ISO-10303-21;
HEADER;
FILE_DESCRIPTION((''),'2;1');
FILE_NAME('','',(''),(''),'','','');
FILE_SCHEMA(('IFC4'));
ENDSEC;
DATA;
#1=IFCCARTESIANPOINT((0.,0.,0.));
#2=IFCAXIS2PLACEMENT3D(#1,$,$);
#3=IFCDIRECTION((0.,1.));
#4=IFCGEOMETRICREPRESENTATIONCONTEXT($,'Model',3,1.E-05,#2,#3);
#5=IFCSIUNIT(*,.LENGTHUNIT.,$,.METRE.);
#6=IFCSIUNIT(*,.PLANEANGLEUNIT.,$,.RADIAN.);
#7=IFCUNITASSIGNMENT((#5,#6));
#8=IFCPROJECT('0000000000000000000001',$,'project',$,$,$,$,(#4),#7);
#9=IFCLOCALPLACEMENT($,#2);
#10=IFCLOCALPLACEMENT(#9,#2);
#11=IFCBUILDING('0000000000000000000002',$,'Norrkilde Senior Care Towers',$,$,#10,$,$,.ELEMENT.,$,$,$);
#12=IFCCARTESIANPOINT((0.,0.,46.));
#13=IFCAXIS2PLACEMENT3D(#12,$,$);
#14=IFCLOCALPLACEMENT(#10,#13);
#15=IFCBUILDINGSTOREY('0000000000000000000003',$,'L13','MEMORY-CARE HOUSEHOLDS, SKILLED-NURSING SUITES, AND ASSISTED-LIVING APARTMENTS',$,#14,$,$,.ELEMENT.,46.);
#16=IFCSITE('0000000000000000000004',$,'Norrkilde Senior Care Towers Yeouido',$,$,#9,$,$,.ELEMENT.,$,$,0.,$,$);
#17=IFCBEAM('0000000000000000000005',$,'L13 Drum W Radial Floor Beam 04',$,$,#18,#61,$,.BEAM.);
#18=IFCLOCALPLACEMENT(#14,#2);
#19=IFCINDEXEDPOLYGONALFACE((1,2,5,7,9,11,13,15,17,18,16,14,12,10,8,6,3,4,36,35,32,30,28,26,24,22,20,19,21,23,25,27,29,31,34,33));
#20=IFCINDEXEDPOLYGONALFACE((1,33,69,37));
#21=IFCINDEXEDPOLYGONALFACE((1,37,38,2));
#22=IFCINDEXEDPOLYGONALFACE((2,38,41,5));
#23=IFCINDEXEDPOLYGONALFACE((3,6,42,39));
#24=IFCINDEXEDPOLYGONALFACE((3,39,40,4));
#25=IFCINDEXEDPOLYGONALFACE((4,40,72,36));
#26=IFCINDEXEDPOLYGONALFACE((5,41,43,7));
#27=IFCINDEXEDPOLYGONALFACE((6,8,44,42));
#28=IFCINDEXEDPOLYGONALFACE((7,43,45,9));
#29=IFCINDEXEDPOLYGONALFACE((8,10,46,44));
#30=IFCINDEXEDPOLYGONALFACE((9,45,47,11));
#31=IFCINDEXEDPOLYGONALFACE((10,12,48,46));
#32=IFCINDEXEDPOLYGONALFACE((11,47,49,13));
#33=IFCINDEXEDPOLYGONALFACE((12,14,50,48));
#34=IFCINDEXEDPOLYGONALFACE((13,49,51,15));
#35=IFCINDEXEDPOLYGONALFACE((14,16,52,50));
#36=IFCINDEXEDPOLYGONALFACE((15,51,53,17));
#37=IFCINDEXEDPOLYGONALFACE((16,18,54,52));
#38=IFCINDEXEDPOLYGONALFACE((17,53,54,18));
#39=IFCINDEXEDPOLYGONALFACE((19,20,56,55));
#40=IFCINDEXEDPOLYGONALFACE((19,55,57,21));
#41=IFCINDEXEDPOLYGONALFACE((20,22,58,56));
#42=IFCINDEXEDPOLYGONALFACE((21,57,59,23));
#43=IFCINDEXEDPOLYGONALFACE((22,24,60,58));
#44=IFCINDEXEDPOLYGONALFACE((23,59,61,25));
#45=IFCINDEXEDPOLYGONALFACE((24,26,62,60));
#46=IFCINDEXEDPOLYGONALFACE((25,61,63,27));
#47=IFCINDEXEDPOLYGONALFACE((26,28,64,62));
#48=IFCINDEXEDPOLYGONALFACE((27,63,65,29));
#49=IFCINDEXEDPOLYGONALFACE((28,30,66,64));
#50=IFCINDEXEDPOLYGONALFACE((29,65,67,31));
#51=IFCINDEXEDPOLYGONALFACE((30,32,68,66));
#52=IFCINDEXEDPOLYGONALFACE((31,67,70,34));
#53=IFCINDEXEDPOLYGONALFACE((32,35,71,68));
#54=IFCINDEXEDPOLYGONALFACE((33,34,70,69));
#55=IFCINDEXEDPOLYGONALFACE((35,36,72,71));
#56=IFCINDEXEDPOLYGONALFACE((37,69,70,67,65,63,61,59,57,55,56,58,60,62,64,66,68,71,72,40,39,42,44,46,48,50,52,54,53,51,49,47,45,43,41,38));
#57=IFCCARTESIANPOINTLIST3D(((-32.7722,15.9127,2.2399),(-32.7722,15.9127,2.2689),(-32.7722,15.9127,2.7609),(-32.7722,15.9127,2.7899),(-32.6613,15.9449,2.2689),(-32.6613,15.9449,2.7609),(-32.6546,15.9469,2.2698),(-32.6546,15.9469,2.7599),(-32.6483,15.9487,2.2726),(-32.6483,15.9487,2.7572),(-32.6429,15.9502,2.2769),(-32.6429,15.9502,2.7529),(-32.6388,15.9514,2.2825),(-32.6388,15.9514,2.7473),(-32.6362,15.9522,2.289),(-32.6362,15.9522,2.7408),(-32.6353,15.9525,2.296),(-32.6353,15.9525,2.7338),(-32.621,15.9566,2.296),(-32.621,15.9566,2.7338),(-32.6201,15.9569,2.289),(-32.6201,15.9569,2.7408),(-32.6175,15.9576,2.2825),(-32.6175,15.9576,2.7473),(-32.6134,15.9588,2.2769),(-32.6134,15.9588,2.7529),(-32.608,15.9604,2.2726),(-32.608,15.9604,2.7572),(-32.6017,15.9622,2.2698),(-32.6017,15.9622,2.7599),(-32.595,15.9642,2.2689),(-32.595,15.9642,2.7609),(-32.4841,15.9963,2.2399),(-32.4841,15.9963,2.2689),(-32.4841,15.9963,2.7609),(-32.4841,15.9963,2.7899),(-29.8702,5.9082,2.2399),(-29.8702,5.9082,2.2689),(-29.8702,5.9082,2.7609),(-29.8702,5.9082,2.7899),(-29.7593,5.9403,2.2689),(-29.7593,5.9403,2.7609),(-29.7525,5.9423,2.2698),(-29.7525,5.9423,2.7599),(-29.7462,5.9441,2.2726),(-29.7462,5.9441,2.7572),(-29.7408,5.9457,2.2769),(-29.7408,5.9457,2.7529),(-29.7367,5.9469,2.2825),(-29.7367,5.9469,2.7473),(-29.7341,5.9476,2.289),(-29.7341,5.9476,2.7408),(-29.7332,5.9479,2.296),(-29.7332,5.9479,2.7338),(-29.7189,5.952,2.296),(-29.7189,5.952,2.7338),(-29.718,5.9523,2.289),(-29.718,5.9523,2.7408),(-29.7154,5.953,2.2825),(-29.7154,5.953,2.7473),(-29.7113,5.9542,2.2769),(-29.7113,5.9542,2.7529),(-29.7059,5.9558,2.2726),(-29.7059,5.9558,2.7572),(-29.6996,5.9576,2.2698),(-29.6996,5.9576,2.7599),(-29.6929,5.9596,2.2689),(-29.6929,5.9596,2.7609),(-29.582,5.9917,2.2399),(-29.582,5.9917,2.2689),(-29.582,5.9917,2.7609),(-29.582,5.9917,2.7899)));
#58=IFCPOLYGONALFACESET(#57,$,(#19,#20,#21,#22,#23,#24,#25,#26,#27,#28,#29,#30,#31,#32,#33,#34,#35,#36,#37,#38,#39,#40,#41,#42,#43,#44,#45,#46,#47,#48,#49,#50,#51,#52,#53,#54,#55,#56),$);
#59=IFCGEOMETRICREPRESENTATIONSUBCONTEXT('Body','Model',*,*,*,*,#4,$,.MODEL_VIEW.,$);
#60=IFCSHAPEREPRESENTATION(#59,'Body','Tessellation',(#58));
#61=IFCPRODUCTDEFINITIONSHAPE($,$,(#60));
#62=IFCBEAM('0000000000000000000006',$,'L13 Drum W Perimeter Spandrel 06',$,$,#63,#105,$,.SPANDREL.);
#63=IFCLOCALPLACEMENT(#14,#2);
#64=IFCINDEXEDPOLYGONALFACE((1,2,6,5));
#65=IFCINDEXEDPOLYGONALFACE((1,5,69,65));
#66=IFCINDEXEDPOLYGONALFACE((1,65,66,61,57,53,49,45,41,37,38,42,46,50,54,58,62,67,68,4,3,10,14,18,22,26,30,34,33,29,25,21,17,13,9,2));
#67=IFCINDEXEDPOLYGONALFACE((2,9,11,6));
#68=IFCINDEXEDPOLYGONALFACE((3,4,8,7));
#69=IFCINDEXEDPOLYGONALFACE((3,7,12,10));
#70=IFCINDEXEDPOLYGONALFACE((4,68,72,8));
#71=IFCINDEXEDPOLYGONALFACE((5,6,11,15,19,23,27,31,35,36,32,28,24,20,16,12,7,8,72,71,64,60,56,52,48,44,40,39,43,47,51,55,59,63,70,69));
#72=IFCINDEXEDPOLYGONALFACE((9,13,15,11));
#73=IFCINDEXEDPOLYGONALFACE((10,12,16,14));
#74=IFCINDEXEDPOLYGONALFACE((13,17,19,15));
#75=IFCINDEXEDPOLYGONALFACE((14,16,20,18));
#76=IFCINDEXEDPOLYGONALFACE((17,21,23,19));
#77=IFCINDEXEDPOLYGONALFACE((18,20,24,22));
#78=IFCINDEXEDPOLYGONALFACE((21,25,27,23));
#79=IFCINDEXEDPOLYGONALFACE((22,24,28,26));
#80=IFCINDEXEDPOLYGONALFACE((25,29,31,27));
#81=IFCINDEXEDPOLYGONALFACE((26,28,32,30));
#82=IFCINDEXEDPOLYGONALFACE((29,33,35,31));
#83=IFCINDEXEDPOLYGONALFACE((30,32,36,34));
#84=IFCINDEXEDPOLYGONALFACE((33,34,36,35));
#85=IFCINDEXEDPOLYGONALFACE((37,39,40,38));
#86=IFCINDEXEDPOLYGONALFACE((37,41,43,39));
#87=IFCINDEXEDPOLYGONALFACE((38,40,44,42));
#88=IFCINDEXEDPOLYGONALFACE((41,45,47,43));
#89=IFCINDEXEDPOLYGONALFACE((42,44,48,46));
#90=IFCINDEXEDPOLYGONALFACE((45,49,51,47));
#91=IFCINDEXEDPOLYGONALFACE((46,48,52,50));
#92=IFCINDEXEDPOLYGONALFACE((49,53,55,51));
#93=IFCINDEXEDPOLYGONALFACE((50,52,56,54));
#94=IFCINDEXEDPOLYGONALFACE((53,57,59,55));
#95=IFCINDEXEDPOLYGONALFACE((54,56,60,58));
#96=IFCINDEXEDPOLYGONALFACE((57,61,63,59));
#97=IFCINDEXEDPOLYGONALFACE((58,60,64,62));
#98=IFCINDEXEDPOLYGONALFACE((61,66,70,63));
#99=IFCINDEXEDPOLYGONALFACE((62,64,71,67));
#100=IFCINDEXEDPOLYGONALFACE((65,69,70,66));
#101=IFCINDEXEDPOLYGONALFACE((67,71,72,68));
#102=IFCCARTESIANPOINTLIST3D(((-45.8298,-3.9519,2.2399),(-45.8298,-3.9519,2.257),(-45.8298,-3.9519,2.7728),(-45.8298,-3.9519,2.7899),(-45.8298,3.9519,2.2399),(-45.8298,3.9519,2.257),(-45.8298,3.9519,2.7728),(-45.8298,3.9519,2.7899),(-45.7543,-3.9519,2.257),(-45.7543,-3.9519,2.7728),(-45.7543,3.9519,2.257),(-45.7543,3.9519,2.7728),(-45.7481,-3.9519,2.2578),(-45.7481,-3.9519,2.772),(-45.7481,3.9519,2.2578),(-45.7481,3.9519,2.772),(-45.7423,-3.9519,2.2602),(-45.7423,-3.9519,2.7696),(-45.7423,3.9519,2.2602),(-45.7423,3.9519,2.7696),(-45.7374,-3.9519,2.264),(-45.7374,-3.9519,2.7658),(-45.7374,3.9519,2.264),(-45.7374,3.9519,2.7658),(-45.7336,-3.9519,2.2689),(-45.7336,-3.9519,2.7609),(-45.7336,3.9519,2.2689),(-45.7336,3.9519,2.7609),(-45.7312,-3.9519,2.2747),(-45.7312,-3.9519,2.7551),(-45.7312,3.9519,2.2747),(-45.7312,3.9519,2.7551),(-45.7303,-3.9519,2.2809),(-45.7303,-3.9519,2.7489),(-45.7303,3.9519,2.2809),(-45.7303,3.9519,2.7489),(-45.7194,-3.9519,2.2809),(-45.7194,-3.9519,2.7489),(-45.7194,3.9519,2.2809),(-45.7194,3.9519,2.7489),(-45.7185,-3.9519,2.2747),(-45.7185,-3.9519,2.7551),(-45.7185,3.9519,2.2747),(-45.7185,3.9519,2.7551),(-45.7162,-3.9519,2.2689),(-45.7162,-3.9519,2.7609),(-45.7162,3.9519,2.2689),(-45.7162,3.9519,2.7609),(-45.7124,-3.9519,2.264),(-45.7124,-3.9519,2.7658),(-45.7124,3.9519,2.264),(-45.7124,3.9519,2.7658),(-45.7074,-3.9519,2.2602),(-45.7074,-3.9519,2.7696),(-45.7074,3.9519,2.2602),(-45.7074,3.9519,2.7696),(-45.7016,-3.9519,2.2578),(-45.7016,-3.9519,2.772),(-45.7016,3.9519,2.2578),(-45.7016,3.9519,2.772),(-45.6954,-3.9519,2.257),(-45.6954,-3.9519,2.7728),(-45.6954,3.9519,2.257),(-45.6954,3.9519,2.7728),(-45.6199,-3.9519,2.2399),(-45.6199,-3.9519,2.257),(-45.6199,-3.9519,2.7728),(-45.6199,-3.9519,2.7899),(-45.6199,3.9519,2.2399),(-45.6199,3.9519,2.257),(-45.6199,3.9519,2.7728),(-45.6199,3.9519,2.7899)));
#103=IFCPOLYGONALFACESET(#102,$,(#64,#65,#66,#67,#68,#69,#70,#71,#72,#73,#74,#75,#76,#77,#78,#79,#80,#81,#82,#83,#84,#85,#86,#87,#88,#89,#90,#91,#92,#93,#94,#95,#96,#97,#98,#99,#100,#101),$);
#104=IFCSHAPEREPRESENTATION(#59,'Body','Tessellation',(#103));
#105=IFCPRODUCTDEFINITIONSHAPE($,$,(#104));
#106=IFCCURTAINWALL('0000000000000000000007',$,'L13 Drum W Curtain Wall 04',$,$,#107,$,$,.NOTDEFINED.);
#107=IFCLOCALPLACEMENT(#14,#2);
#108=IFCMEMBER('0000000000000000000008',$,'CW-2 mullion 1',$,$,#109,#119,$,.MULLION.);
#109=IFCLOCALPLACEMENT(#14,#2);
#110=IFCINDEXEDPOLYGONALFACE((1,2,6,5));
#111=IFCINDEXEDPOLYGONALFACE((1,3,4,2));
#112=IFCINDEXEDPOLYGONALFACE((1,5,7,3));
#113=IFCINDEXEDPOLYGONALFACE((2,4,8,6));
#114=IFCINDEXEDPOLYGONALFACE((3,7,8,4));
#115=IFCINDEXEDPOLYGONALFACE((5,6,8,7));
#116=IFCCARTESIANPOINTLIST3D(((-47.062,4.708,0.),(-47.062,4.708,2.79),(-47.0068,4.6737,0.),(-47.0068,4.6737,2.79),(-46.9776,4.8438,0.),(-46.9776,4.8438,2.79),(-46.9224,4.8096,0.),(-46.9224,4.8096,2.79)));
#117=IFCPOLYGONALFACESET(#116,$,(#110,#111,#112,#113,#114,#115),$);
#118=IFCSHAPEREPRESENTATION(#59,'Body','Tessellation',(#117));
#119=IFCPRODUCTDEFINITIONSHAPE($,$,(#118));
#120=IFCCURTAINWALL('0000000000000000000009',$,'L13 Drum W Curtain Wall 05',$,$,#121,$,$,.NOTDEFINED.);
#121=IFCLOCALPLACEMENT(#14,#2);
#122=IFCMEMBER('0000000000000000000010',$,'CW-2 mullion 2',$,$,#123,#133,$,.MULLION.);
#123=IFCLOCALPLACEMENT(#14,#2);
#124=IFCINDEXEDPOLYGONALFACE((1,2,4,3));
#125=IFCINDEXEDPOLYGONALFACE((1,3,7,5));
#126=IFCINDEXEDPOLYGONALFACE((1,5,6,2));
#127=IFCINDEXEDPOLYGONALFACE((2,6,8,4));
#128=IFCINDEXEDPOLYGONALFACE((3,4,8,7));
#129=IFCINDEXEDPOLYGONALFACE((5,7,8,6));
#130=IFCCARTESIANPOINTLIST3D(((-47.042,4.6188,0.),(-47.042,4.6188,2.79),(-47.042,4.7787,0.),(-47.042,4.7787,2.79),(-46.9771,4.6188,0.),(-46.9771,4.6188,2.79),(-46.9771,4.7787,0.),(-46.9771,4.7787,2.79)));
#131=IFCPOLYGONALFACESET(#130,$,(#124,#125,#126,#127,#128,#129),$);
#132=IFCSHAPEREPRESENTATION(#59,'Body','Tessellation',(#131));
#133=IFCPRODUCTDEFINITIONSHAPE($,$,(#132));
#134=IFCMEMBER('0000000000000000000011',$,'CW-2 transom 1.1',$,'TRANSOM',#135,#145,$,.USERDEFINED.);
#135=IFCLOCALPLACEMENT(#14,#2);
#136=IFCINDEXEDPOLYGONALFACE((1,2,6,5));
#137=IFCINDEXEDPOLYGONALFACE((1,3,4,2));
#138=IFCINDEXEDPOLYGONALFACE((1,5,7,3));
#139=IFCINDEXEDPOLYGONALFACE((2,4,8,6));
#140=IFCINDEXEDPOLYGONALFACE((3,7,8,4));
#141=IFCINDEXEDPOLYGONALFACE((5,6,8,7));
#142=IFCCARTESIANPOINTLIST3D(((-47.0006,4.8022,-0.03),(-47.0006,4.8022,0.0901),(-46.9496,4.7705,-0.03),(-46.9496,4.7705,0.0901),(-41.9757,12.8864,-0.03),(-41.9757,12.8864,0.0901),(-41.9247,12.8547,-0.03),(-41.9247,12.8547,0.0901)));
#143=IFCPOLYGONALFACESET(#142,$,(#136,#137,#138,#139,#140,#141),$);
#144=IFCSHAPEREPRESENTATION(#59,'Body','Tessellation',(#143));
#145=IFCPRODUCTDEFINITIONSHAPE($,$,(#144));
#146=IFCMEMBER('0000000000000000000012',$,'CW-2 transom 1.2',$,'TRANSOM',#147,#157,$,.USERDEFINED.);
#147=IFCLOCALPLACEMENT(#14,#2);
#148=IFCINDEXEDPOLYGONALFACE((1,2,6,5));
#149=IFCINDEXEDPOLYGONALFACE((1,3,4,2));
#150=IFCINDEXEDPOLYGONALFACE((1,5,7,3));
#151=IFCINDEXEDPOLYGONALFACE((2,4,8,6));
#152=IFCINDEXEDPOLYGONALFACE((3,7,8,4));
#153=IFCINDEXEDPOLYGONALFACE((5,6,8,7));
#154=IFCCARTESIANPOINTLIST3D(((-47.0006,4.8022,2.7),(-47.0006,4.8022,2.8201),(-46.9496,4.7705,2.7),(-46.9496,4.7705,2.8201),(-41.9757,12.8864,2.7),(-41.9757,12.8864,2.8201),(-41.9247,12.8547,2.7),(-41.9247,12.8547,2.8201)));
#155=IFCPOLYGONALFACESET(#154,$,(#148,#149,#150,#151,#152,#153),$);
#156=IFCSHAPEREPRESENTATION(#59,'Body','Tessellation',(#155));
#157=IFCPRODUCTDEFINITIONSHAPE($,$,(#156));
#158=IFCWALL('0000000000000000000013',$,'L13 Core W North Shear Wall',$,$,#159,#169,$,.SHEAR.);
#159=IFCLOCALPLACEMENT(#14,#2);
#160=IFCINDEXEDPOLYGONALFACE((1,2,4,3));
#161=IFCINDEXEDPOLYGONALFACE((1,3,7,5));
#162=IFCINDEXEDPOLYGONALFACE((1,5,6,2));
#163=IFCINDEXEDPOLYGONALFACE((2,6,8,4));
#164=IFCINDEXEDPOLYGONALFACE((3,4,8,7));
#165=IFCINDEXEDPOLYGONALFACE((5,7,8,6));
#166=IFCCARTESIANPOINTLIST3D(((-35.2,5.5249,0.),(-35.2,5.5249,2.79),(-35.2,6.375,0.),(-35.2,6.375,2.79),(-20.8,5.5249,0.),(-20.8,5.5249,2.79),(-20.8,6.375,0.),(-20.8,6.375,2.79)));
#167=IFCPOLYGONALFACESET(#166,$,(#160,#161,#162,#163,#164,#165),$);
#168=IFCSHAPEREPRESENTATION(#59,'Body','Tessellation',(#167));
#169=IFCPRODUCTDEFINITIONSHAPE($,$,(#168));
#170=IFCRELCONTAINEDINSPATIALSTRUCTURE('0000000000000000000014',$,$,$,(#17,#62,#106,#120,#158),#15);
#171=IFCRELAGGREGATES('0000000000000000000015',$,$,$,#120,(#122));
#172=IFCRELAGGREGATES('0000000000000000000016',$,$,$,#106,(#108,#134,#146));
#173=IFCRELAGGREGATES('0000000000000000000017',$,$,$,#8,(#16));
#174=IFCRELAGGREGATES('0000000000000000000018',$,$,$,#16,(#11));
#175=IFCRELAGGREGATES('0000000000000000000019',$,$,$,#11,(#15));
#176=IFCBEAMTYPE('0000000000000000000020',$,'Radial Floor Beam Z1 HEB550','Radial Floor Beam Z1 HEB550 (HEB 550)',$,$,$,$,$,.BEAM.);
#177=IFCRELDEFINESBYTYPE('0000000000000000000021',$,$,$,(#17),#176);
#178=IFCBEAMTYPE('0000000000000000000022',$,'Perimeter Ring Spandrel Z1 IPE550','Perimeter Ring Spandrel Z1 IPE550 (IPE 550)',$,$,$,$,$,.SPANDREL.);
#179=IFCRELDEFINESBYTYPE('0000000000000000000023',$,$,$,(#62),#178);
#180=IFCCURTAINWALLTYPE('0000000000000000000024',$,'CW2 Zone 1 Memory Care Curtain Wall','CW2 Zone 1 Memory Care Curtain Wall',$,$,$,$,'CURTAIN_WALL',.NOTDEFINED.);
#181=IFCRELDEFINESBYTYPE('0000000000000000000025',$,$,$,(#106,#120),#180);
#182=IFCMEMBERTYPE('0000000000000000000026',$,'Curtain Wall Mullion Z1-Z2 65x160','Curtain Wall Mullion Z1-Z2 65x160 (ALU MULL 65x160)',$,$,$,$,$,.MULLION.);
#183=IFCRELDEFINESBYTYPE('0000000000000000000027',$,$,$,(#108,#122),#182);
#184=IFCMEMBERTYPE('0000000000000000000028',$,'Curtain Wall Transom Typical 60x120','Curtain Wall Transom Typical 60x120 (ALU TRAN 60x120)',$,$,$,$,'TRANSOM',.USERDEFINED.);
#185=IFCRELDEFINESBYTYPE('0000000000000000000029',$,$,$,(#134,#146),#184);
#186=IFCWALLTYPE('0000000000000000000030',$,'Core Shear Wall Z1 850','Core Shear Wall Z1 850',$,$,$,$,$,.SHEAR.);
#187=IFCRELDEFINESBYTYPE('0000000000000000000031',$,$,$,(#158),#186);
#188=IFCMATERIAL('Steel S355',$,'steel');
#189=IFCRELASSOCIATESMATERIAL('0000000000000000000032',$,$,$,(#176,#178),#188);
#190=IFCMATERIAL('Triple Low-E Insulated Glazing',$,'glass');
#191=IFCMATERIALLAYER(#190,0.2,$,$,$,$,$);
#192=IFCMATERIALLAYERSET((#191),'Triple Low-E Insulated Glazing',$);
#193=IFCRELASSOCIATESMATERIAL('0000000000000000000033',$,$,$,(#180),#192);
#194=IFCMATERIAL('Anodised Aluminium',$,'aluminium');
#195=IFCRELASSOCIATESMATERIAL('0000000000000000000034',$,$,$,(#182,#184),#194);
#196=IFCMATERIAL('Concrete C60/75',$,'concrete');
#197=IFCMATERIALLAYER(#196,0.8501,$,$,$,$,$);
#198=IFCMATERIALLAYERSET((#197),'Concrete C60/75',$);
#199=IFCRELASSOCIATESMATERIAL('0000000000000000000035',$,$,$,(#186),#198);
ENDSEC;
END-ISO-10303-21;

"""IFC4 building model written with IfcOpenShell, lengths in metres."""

from ifc_helpers import new_model, si_unit, direction, frame, frame_2d, origin, origin_2d, place, context, subcontext, project, spatial, rectangle, i_section, extrude, source, transform, mapped, material, layer, layer_set, material_profile, profile_set, type_object, type_shapes, element, aggregate, save


model = new_model("IFC4")

# Units and contexts
model_context = context("Model", 3, precision=1e-05, world=origin(), true_north=direction((0.0, 1.0)))
body_context = subcontext(model_context, "Body", "Model", "MODEL_VIEW")
ifc_project = project(units=[si_unit("LENGTHUNIT", "METRE"), si_unit("PLANEANGLEUNIT", "RADIAN")], contexts=[model_context])

# Site, building, storey
site_placement = place(None, origin())
site = spatial("IfcSite", under=ifc_project, at=site_placement, Name="Norrkilde Senior Care Towers Yeouido", CompositionType="ELEMENT", RefElevation=0.0)
building_placement = place(site_placement, origin())
building = spatial("IfcBuilding", under=site, at=building_placement, Name="Norrkilde Senior Care Towers", CompositionType="ELEMENT")
storey_placement = place(building_placement, frame((0.0, 0.0, 46.0)))
storey = spatial("IfcBuildingStorey", under=building, at=storey_placement, Name="L13", Description="MEMORY-CARE HOUSEHOLDS, SKILLED-NURSING SUITES, AND ASSISTED-LIVING APARTMENTS", CompositionType="ELEMENT", Elevation=46.0)

# Shared definitions
ifc_material_1 = material(Name="Concrete C60/75", Category="concrete")

# Beams
ifc_material_2 = material(Name="Steel S355", Category="steel")
ifc_material_profile_1 = material_profile(ifc_material_2, i_section(OverallWidth=0.3, OverallDepth=0.55, WebThickness=0.0149, FlangeThickness=0.0291, FilletRadius=0.0271, at=origin_2d()), Name="HEB 550")
ifc_profile_set_1 = profile_set([ifc_material_profile_1], Name="Steel S355")
beam_type_1 = type_object("IfcBeamType", Name="Radial Floor Beam Z1 HEB550", Description="Radial Floor Beam Z1 HEB550 (HEB 550)", PredefinedType="BEAM", material=ifc_profile_set_1)
shared_shape_1 = source(origin(), body_context, "Body", "SweptSolid", [
    extrude(i_section(OverallWidth=0.3, OverallDepth=0.55, WebThickness=0.0149, FlangeThickness=0.0291, FilletRadius=0.0271, at=origin_2d()), origin(), (0.0, 0.0, 1.0), 10.417),
])
beam_1_placement = place(storey_placement, frame((-29.7261, 5.95, 2.5149), z_axis=(-0.278591, 0.96041, 0.0), x_axis=(-0.96041, -0.278591, 0.0)))
element("IfcBeam", 1, at=beam_1_placement, inside=storey, type_object=beam_type_1, Name="L13 Drum W Radial Floor Beam 04", PredefinedType="BEAM", context=body_context, shape_type="MappedRepresentation", body=[
    mapped(shared_shape_1, transform((0.0, 0.0, 0.0), x_axis=(1.0, 0.0, 0.0), y_axis=(0.0, 1.0, 0.0), z_axis=(0.0, 0.0, 1.0), scale=1.0)),
])
ifc_material_profile_2 = material_profile(ifc_material_2, i_section(OverallWidth=0.21, OverallDepth=0.55, WebThickness=0.011, FlangeThickness=0.0171, FilletRadius=0.0239, at=origin_2d()), Name="IPE 550")
ifc_profile_set_2 = profile_set([ifc_material_profile_2], Name="Steel S355")
beam_type_2 = type_object("IfcBeamType", Name="Perimeter Ring Spandrel Z1 IPE550", Description="Perimeter Ring Spandrel Z1 IPE550 (IPE 550)", PredefinedType="SPANDREL", material=ifc_profile_set_2)
shared_shape_2 = source(origin(), body_context, "Body", "SweptSolid", [
    extrude(i_section(OverallWidth=0.21, OverallDepth=0.55, WebThickness=0.011, FlangeThickness=0.0171, FilletRadius=0.0239, at=origin_2d()), origin(), (0.0, 0.0, 1.0), 7.9038),
])
type_shapes(beam_type_2, [shared_shape_2])
beam_2_placement = place(storey_placement, frame((-45.7249, 3.9519, 2.5149), z_axis=(0.0, -1.0, 0.0), x_axis=(1.0, 0.0, 0.0)))
element("IfcBeam", 2, at=beam_2_placement, inside=storey, type_object=beam_type_2, Name="L13 Drum W Perimeter Spandrel 06", PredefinedType="SPANDREL", context=body_context, shape_type="MappedRepresentation", body=[
    mapped(shared_shape_2, transform((0.0, 0.0, 0.0), x_axis=(1.0, 0.0, 0.0), y_axis=(0.0, 1.0, 0.0), z_axis=(0.0, 0.0, 1.0), scale=1.0)),
])

# Curtain walls, members
ifc_material_3 = material(Name="Triple Low-E Insulated Glazing", Category="glass")
ifc_layer_1 = layer(ifc_material_3, 0.2)
ifc_layer_set_1 = layer_set([ifc_layer_1], Name="Triple Low-E Insulated Glazing")
curtain_wall_type = type_object("IfcCurtainWallType", Name="CW2 Zone 1 Memory Care Curtain Wall", Description="CW2 Zone 1 Memory Care Curtain Wall", ElementType="CURTAIN_WALL", PredefinedType="NOTDEFINED", material=ifc_layer_set_1)
curtain_wall_1_placement = place(storey_placement, origin())
curtain_wall_1 = element("IfcCurtainWall", 3, at=curtain_wall_1_placement, inside=storey, type_object=curtain_wall_type, Name="L13 Drum W Curtain Wall 04", PredefinedType="NOTDEFINED")
ifc_material_4 = material(Name="Anodised Aluminium", Category="aluminium")
ifc_material_profile_3 = material_profile(ifc_material_4, rectangle(XDim=0.0649, YDim=0.1599, at=origin_2d()), Name="ALU MULL 65x160")
ifc_profile_set_3 = profile_set([ifc_material_profile_3], Name="Anodised Aluminium")
member_type_1 = type_object("IfcMemberType", Name="Curtain Wall Mullion Z1-Z2 65x160", Description="Curtain Wall Mullion Z1-Z2 65x160 (ALU MULL 65x160)", PredefinedType="MULLION", material=ifc_profile_set_3)
shared_shape_3 = source(origin(), body_context, "Body", "SweptSolid", [
    extrude(rectangle(XDim=0.0649, YDim=0.1599, at=origin_2d()), origin(), (0.0, 0.0, 1.0), 2.79),
])
type_shapes(member_type_1, [shared_shape_3])
member_1_placement = place(storey_placement, frame((-46.9922, 4.7588, 0.0), z_axis=(0.0, 0.0, 1.0), x_axis=(-0.849306, 0.527901, 0.0)))
member_1 = element("IfcMember", 4, at=member_1_placement, type_object=member_type_1, Name="CW-2 mullion 1", PredefinedType="MULLION", context=body_context, shape_type="MappedRepresentation", body=[
    mapped(shared_shape_3, transform((0.0, 0.0, 0.0), x_axis=(1.0, 0.0, 0.0), y_axis=(0.0, 1.0, 0.0), z_axis=(0.0, 0.0, 1.0), scale=1.0)),
])
curtain_wall_2_placement = place(storey_placement, origin())
curtain_wall_2 = element("IfcCurtainWall", 5, at=curtain_wall_2_placement, inside=storey, type_object=curtain_wall_type, Name="L13 Drum W Curtain Wall 05", PredefinedType="NOTDEFINED")
member_2_placement = place(storey_placement, frame((-47.0095, 4.6987, 0.0), z_axis=(0.0, 0.0, 1.0), x_axis=(-1.0, 0.0, 0.0)))
member_2 = element("IfcMember", 6, at=member_2_placement, type_object=member_type_1, Name="CW-2 mullion 2", PredefinedType="MULLION", context=body_context, shape_type="MappedRepresentation", body=[
    mapped(shared_shape_3, transform((0.0, 0.0, 0.0), x_axis=(1.0, 0.0, 0.0), y_axis=(0.0, 1.0, 0.0), z_axis=(0.0, 0.0, 1.0), scale=1.0)),
])
aggregate(curtain_wall_2, [member_2])

# Members
ifc_material_profile_4 = material_profile(ifc_material_4, rectangle(XDim=0.0601, YDim=0.1201, at=origin_2d()), Name="ALU TRAN 60x120")
ifc_profile_set_4 = profile_set([ifc_material_profile_4], Name="Anodised Aluminium")
member_type_2 = type_object("IfcMemberType", Name="Curtain Wall Transom Typical 60x120", Description="Curtain Wall Transom Typical 60x120 (ALU TRAN 60x120)", ElementType="TRANSOM", PredefinedType="USERDEFINED", material=ifc_profile_set_4)
shared_shape_4 = source(origin(), body_context, "Body", "SweptSolid", [
    extrude(rectangle(XDim=0.0601, YDim=0.1201, at=origin_2d()), origin(), (0.0, 0.0, 1.0), 9.5186),
])
type_shapes(member_type_2, [shared_shape_4])
member_3_placement = place(storey_placement, frame((-46.9751, 4.7864, 0.03), z_axis=(0.527902, 0.849306, 0.0), x_axis=(-0.849306, 0.527902, 0.0)))
member_3 = element("IfcMember", 7, at=member_3_placement, type_object=member_type_2, Name="CW-2 transom 1.1", ObjectType="TRANSOM", PredefinedType="USERDEFINED", context=body_context, shape_type="MappedRepresentation", body=[
    mapped(shared_shape_4, transform((0.0, 0.0, 0.0), x_axis=(1.0, 0.0, 0.0), y_axis=(0.0, 1.0, 0.0), z_axis=(0.0, 0.0, 1.0), scale=1.0)),
])
member_4_placement = place(storey_placement, frame((-46.9751, 4.7864, 2.76), z_axis=(0.527902, 0.849306, 0.0), x_axis=(-0.849306, 0.527902, 0.0)))
member_4 = element("IfcMember", 8, at=member_4_placement, type_object=member_type_2, Name="CW-2 transom 1.2", ObjectType="TRANSOM", PredefinedType="USERDEFINED", context=body_context, shape_type="MappedRepresentation", body=[
    mapped(shared_shape_4, transform((0.0, 0.0, 0.0), x_axis=(1.0, 0.0, 0.0), y_axis=(0.0, 1.0, 0.0), z_axis=(0.0, 0.0, 1.0), scale=1.0)),
])
aggregate(curtain_wall_1, [member_1, member_3, member_4])

# Wall
ifc_layer_2 = layer(ifc_material_1, 0.8501)
ifc_layer_set_2 = layer_set([ifc_layer_2], Name="Concrete C60/75")
wall_type_1 = type_object("IfcWallType", Name="Core Shear Wall Z1 850", Description="Core Shear Wall Z1 850", PredefinedType="SHEAR", material=ifc_layer_set_2)
shared_shape_5 = source(origin(), body_context, "Body", "SweptSolid", [
    extrude(rectangle(XDim=14.3999, YDim=0.8501, at=frame_2d((7.2, 0.0))), origin(), (0.0, 0.0, 1.0), 2.79),
])
type_shapes(wall_type_1, [shared_shape_5])
wall_1_placement = place(storey_placement, frame((-35.2, 5.95, 0.0), z_axis=(0.0, 0.0, 1.0), x_axis=(1.0, 0.0, 0.0)))
element("IfcWall", 9, at=wall_1_placement, inside=storey, type_object=wall_type_1, Name="L13 Core W North Shear Wall", PredefinedType="SHEAR", context=body_context, shape_type="MappedRepresentation", body=[
    mapped(shared_shape_5, transform((0.0, 0.0, 0.0), x_axis=(1.0, 0.0, 0.0), y_axis=(0.0, 1.0, 0.0), z_axis=(0.0, 0.0, 1.0), scale=1.0)),
])

save(model, "model.ifc")
